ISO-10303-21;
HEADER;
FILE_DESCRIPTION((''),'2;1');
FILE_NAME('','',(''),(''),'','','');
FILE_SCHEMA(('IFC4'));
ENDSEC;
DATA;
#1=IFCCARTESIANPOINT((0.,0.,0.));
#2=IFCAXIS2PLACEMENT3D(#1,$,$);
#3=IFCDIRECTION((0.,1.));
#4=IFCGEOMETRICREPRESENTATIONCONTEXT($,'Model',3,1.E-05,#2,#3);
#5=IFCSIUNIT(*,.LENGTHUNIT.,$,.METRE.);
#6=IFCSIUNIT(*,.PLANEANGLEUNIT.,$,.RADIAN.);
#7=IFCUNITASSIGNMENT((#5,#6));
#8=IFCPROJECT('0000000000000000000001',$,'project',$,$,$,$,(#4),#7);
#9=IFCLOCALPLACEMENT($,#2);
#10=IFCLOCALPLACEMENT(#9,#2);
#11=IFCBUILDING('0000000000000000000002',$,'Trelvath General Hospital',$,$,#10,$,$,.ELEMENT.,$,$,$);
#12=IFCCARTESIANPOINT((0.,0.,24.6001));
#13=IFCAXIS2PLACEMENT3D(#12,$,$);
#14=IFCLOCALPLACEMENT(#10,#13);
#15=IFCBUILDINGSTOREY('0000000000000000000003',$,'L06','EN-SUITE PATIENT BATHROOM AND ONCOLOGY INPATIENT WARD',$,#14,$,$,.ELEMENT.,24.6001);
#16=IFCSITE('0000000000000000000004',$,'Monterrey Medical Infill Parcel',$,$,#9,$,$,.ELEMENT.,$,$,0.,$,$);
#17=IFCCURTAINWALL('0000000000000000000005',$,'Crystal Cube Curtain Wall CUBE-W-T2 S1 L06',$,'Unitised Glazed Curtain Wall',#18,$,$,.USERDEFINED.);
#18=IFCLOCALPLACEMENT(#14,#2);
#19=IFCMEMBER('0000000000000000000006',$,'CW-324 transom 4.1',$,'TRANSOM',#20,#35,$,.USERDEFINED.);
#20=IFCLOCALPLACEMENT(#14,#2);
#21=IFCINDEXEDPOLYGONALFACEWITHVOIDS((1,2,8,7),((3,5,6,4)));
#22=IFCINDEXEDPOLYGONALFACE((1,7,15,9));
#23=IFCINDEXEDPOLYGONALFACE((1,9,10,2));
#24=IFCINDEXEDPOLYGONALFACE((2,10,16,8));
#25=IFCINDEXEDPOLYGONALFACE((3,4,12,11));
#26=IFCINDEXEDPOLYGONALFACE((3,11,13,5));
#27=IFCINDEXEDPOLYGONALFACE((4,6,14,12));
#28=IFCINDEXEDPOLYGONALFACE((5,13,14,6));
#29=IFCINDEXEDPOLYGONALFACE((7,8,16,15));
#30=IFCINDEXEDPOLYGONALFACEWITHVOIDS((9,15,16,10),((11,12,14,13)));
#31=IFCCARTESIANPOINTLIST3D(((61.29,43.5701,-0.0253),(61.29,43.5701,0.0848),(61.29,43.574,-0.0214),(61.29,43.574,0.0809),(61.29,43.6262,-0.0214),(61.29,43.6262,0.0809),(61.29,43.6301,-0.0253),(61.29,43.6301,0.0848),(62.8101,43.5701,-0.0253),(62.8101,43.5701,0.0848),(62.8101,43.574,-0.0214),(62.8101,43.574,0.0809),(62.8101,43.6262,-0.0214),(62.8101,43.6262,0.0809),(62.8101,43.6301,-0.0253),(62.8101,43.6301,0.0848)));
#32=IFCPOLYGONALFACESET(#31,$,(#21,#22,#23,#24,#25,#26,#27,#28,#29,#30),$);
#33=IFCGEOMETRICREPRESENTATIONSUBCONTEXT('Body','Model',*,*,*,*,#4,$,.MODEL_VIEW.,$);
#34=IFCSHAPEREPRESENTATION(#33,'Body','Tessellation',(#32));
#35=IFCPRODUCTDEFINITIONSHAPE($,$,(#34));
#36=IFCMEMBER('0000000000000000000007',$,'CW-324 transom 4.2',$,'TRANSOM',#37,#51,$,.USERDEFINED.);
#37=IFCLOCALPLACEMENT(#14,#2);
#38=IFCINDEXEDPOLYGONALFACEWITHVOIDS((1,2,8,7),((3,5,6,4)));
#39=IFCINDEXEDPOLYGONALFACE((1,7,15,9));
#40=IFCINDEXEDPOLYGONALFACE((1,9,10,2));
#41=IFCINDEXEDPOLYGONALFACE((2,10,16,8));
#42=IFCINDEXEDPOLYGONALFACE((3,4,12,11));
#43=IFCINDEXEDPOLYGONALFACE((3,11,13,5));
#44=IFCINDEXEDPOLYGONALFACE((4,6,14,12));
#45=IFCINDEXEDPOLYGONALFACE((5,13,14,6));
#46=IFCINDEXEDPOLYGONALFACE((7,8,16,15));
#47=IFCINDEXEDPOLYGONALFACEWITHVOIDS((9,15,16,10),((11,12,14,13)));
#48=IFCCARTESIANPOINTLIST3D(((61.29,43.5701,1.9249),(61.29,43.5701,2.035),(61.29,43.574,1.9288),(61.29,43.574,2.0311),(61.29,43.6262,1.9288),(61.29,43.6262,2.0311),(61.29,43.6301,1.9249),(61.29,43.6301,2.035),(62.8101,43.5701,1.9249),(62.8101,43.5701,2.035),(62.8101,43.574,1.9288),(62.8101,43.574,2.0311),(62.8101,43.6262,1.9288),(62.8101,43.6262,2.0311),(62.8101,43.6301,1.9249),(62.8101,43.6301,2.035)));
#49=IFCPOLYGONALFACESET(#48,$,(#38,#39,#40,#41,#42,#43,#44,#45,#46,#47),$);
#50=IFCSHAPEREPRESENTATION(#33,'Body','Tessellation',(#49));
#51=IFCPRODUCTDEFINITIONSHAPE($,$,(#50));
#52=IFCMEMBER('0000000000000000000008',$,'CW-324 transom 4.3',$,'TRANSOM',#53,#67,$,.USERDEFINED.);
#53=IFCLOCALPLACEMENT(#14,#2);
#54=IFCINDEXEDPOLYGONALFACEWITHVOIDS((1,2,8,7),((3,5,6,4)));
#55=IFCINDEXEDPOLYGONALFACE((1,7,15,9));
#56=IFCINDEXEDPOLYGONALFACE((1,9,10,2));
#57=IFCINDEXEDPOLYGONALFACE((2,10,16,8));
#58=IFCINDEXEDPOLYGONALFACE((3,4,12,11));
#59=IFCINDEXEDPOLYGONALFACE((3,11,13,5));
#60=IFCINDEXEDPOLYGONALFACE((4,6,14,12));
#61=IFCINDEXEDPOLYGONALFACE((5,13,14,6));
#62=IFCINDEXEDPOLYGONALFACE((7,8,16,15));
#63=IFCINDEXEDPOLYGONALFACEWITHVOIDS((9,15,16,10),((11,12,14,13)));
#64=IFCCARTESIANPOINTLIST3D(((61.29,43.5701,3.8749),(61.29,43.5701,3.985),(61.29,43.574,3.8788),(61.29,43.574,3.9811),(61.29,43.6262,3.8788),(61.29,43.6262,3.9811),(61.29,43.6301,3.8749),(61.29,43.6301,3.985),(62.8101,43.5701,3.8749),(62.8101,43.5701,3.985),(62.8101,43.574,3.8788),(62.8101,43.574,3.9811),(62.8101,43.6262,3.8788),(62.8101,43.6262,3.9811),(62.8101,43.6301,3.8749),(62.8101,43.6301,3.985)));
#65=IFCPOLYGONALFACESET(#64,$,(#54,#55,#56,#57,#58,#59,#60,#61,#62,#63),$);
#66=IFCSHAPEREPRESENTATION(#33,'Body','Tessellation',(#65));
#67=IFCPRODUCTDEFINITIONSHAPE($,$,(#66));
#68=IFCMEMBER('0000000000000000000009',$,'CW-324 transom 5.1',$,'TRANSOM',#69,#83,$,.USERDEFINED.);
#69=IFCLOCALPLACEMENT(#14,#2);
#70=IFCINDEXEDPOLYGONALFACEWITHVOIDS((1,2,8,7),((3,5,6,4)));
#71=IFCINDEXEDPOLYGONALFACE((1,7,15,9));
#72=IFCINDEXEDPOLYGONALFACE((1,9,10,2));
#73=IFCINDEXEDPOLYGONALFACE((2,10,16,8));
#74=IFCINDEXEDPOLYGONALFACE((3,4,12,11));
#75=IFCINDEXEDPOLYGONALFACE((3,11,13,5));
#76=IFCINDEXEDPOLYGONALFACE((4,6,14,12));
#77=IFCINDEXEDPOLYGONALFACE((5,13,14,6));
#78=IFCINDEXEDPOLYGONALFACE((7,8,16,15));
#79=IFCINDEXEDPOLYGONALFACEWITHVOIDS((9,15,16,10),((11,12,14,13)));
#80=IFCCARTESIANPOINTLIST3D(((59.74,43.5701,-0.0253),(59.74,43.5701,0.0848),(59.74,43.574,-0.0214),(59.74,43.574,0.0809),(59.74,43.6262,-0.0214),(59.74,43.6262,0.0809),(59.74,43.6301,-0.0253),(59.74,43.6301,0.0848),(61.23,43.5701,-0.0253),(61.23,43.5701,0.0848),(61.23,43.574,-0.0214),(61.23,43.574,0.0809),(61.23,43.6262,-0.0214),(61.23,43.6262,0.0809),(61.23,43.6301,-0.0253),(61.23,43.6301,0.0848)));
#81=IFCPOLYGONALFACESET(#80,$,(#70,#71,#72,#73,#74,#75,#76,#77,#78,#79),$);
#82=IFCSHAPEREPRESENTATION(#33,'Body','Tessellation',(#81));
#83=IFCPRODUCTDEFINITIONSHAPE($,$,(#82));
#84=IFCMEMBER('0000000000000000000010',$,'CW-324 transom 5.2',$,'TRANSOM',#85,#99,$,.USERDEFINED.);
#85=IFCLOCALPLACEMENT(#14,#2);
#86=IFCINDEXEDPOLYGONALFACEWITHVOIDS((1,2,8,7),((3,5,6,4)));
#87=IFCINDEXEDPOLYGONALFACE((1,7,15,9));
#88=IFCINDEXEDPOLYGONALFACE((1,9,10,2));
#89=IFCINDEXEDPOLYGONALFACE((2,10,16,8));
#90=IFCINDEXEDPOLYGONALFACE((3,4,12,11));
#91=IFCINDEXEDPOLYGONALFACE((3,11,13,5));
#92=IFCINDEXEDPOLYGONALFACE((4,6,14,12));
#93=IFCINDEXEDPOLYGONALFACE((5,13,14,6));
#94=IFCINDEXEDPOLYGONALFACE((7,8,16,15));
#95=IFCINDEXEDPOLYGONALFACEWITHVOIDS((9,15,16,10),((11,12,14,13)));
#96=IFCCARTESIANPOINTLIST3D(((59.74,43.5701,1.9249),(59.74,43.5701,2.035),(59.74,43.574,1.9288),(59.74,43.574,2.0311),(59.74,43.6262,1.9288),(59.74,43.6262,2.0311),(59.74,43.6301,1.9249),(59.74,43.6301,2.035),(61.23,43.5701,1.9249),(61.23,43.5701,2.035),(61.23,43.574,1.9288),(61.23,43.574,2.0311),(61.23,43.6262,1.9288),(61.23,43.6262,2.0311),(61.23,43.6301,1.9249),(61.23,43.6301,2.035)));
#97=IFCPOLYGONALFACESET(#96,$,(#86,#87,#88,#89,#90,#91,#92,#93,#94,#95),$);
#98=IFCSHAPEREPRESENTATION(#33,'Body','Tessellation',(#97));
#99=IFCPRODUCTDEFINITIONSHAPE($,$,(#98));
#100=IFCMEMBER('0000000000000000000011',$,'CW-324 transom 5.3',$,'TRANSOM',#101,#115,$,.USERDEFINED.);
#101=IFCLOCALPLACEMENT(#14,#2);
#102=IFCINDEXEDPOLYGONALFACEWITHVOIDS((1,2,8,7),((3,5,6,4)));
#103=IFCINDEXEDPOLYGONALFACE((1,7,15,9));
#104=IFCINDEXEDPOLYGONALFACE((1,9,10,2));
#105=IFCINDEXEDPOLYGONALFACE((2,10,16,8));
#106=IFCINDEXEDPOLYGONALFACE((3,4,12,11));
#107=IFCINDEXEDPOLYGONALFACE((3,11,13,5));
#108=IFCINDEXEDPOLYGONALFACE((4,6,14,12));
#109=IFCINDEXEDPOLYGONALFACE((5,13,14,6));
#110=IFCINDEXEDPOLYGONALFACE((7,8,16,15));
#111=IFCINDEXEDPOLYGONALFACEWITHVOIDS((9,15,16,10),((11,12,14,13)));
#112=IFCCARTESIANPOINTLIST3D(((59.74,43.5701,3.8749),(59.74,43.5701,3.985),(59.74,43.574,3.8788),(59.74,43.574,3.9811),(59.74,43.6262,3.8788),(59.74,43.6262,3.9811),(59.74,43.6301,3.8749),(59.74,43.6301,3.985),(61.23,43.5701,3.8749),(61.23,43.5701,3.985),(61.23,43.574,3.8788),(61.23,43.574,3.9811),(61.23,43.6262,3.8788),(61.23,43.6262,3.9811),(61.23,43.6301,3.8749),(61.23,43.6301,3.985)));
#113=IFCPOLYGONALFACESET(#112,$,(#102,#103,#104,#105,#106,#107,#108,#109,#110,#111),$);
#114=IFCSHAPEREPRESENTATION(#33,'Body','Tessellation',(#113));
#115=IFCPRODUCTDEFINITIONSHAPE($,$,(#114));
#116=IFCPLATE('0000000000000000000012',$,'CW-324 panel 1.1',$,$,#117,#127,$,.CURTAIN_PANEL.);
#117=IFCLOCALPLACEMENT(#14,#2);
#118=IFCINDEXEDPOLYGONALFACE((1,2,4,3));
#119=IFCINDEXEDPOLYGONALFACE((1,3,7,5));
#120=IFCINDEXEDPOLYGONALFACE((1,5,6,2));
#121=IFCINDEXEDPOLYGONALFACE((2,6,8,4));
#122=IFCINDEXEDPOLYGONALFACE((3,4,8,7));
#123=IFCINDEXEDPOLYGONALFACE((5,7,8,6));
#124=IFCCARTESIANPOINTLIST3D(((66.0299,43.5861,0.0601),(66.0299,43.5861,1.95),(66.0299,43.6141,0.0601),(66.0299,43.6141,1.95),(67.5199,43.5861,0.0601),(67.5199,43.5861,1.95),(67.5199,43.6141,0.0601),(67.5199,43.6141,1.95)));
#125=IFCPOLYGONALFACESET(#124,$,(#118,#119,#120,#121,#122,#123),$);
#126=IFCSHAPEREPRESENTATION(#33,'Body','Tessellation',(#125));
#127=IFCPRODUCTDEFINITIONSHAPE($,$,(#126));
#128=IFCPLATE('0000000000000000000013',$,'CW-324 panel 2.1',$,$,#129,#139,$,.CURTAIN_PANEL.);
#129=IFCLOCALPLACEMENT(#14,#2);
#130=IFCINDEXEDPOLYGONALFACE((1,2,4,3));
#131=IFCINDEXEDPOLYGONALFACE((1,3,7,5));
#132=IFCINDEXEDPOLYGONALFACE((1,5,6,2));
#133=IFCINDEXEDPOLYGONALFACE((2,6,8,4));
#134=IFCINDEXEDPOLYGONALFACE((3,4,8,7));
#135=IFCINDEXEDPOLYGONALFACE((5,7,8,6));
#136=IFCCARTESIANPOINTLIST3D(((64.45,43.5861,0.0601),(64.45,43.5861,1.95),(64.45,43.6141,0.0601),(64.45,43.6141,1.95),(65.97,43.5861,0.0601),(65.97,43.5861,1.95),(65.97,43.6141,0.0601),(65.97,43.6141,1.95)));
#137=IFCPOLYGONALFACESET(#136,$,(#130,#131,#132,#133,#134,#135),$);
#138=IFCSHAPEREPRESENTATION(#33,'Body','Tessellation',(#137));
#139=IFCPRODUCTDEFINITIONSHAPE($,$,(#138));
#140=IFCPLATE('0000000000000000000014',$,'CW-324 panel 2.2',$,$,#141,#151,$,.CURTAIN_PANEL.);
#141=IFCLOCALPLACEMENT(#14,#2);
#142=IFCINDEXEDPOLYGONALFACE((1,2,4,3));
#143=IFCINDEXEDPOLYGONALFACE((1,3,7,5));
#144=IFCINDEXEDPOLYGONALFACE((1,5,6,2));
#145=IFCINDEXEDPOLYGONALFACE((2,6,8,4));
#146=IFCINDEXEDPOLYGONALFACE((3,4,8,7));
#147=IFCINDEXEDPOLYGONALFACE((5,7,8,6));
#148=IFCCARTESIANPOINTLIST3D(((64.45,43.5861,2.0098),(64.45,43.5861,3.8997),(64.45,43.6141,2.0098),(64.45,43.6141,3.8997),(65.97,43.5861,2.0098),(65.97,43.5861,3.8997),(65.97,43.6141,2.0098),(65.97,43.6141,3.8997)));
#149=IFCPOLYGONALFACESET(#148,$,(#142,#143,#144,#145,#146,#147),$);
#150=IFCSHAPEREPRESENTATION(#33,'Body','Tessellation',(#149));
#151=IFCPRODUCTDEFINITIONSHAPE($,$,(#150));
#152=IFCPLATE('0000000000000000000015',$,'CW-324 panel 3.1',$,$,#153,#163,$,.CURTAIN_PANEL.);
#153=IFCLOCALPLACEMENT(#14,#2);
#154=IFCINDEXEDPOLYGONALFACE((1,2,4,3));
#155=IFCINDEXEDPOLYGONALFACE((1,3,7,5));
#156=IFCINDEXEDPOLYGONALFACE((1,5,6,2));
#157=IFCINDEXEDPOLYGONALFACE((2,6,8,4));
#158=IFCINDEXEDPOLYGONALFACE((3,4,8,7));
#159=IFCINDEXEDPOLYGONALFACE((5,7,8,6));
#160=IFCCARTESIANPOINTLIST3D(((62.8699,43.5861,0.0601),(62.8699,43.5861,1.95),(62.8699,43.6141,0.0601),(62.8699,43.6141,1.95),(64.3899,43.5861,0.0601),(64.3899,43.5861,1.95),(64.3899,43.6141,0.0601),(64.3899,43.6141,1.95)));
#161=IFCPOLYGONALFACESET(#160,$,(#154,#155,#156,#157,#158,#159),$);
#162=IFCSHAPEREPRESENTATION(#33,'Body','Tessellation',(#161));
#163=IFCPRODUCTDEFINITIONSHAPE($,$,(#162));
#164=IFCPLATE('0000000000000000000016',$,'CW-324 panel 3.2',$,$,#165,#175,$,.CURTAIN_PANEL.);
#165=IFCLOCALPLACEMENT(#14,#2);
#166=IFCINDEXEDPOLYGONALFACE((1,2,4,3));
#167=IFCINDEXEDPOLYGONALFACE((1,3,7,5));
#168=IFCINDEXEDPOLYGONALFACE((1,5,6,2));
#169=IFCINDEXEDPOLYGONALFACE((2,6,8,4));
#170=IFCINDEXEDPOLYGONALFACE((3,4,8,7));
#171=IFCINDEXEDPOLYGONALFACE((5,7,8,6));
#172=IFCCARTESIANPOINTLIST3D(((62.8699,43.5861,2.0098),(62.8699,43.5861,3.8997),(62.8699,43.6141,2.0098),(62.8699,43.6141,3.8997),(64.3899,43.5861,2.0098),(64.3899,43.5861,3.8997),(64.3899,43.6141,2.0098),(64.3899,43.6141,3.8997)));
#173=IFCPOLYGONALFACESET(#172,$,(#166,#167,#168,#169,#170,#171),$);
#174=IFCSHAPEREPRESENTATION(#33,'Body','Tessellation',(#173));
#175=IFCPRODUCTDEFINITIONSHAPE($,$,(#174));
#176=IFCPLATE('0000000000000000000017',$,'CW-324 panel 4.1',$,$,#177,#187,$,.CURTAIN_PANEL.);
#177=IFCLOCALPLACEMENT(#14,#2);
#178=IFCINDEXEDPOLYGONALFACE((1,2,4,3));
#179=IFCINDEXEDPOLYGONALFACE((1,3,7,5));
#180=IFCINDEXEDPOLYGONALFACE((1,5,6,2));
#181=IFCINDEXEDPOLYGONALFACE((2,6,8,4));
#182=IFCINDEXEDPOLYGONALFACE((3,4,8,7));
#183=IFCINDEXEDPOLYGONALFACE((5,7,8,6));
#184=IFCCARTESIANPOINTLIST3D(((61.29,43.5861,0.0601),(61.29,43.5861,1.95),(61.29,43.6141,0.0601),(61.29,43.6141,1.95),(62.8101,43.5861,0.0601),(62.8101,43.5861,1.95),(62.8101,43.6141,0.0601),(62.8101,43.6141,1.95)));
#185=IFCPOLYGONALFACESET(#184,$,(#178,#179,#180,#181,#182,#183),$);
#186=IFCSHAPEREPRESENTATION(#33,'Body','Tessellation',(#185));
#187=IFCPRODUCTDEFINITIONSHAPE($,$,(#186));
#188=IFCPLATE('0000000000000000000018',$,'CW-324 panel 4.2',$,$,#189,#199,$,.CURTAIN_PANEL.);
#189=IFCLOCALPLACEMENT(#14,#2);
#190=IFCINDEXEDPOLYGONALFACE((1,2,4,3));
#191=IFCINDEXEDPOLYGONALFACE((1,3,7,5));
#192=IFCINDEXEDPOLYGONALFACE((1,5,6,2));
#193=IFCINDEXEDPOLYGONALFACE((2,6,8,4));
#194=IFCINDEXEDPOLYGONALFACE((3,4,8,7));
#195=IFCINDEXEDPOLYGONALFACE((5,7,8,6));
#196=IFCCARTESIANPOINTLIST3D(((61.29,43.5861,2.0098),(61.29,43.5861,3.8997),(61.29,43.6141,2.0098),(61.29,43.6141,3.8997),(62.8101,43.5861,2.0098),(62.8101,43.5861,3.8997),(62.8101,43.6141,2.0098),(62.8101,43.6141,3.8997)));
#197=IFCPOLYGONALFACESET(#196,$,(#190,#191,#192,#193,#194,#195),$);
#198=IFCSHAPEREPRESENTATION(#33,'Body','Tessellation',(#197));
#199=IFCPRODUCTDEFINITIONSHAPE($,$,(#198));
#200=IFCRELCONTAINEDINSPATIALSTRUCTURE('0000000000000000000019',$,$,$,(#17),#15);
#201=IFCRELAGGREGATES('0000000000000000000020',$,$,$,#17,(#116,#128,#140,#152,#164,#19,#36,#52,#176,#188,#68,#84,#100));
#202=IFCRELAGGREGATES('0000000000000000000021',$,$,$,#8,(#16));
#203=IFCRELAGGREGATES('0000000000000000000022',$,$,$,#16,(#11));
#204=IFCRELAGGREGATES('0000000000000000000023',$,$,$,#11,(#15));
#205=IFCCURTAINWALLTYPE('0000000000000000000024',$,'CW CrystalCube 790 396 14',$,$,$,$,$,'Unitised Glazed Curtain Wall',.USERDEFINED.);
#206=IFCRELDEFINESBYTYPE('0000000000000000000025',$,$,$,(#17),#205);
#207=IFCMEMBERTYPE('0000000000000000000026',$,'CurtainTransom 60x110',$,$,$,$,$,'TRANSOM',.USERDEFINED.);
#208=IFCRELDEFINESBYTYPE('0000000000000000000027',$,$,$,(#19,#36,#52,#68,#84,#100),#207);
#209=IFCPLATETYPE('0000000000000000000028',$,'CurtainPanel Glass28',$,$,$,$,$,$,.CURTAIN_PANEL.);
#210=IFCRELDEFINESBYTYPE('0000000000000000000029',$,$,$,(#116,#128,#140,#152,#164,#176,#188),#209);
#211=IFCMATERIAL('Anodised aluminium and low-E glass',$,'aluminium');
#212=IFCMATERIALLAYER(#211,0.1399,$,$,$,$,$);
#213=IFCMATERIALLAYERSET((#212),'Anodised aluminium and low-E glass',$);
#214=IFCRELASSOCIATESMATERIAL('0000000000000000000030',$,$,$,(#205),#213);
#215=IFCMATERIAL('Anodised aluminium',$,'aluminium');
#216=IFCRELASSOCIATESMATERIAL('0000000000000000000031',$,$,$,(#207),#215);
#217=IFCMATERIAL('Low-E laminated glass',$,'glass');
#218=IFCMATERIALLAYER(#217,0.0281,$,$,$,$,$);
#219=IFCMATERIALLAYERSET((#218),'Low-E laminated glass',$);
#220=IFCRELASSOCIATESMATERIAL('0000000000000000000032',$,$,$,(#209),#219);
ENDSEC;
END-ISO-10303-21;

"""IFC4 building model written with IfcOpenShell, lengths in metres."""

from ifc_helpers import new_model, si_unit, direction, frame, origin, origin_2d, place, context, subcontext, project, spatial, rectangle, hollow_rectangle, extrude, material, layer, layer_set, material_profile, profile_set, type_object, element, aggregate, save


model = new_model("IFC4")

# Units and contexts
model_context = context("Model", 3, precision=1e-05, world=origin(), true_north=direction((0.0, 1.0)))
body_context = subcontext(model_context, "Body", "Model", "MODEL_VIEW")
ifc_project = project(units=[si_unit("LENGTHUNIT", "METRE"), si_unit("PLANEANGLEUNIT", "RADIAN")], contexts=[model_context])

# Site, building, storey
site_placement = place(None, origin())
site = spatial("IfcSite", under=ifc_project, at=site_placement, Name="Monterrey Medical Infill Parcel", CompositionType="ELEMENT", RefElevation=0.0)
building_placement = place(site_placement, origin())
building = spatial("IfcBuilding", under=site, at=building_placement, Name="Trelvath General Hospital", CompositionType="ELEMENT")
storey_placement = place(building_placement, frame((0.0, 0.0, 24.6001)))
storey = spatial("IfcBuildingStorey", under=building, at=storey_placement, Name="L06", Description="EN-SUITE PATIENT BATHROOM AND ONCOLOGY INPATIENT WARD", CompositionType="ELEMENT", Elevation=24.6001)

# Curtain wall, members, plates
ifc_material_1 = material(Name="Anodised aluminium and low-E glass", Category="aluminium")
ifc_layer_1 = layer(ifc_material_1, 0.1399)
ifc_layer_set_1 = layer_set([ifc_layer_1], Name="Anodised aluminium and low-E glass")
curtain_wall_type = type_object("IfcCurtainWallType", Name="CW CrystalCube 790 396 14", ElementType="Unitised Glazed Curtain Wall", PredefinedType="USERDEFINED", material=ifc_layer_set_1)
curtain_wall_placement = place(storey_placement, origin())
curtain_wall = element("IfcCurtainWall", 1, at=curtain_wall_placement, inside=storey, type_object=curtain_wall_type, Name="Crystal Cube Curtain Wall CUBE-W-T2 S1 L06", ObjectType="Unitised Glazed Curtain Wall", PredefinedType="USERDEFINED")
ifc_material_2 = material(Name="Anodised aluminium", Category="aluminium")
ifc_material_profile_1 = material_profile(ifc_material_2, hollow_rectangle(XDim=0.0601, YDim=0.1101, WallThickness=0.0039, at=origin_2d()), Name="RHS60x110x4")
ifc_profile_set_1 = profile_set([ifc_material_profile_1], Name="Anodised aluminium")
member_type_1 = type_object("IfcMemberType", Name="CurtainTransom 60x110", ElementType="TRANSOM", PredefinedType="USERDEFINED", material=ifc_profile_set_1)
member_1_placement = place(storey_placement, frame((62.8101, 43.6001, 0.0298), z_axis=(-1.0, 0.0, 0.0), x_axis=(0.0, -1.0, 0.0)))
member_1 = element("IfcMember", 2, at=member_1_placement, type_object=member_type_1, Name="CW-324 transom 4.1", ObjectType="TRANSOM", PredefinedType="USERDEFINED", context=body_context, shape_type="SweptSolid", body=[
    extrude(hollow_rectangle(XDim=0.0601, YDim=0.1101, WallThickness=0.0039, at=origin_2d()), origin(), (0.0, 0.0, 1.0), 1.52),
])
member_2_placement = place(storey_placement, frame((62.8101, 43.6001, 1.98), z_axis=(-1.0, 0.0, 0.0), x_axis=(0.0, -1.0, 0.0)))
member_2 = element("IfcMember", 3, at=member_2_placement, type_object=member_type_1, Name="CW-324 transom 4.2", ObjectType="TRANSOM", PredefinedType="USERDEFINED", context=body_context, shape_type="SweptSolid", body=[
    extrude(hollow_rectangle(XDim=0.0601, YDim=0.1101, WallThickness=0.0039, at=origin_2d()), origin(), (0.0, 0.0, 1.0), 1.52),
])
member_3_placement = place(storey_placement, frame((62.8101, 43.6001, 3.9299), z_axis=(-1.0, 0.0, 0.0), x_axis=(0.0, -1.0, 0.0)))
member_3 = element("IfcMember", 4, at=member_3_placement, type_object=member_type_1, Name="CW-324 transom 4.3", ObjectType="TRANSOM", PredefinedType="USERDEFINED", context=body_context, shape_type="SweptSolid", body=[
    extrude(hollow_rectangle(XDim=0.0601, YDim=0.1101, WallThickness=0.0039, at=origin_2d()), origin(), (0.0, 0.0, 1.0), 1.52),
])
member_4_placement = place(storey_placement, frame((61.23, 43.6001, 0.0298), z_axis=(-1.0, 0.0, 0.0), x_axis=(0.0, -1.0, 0.0)))
member_4 = element("IfcMember", 5, at=member_4_placement, type_object=member_type_1, Name="CW-324 transom 5.1", ObjectType="TRANSOM", PredefinedType="USERDEFINED", context=body_context, shape_type="SweptSolid", body=[
    extrude(hollow_rectangle(XDim=0.0601, YDim=0.1101, WallThickness=0.0039, at=origin_2d()), origin(), (0.0, 0.0, 1.0), 1.49),
])
member_5_placement = place(storey_placement, frame((61.23, 43.6001, 1.98), z_axis=(-1.0, 0.0, 0.0), x_axis=(0.0, -1.0, 0.0)))
member_5 = element("IfcMember", 6, at=member_5_placement, type_object=member_type_1, Name="CW-324 transom 5.2", ObjectType="TRANSOM", PredefinedType="USERDEFINED", context=body_context, shape_type="SweptSolid", body=[
    extrude(hollow_rectangle(XDim=0.0601, YDim=0.1101, WallThickness=0.0039, at=origin_2d()), origin(), (0.0, 0.0, 1.0), 1.49),
])
member_6_placement = place(storey_placement, frame((61.23, 43.6001, 3.9299), z_axis=(-1.0, 0.0, 0.0), x_axis=(0.0, -1.0, 0.0)))
member_6 = element("IfcMember", 7, at=member_6_placement, type_object=member_type_1, Name="CW-324 transom 5.3", ObjectType="TRANSOM", PredefinedType="USERDEFINED", context=body_context, shape_type="SweptSolid", body=[
    extrude(hollow_rectangle(XDim=0.0601, YDim=0.1101, WallThickness=0.0039, at=origin_2d()), origin(), (0.0, 0.0, 1.0), 1.49),
])
ifc_material_3 = material(Name="Low-E laminated glass", Category="glass")
ifc_layer_2 = layer(ifc_material_3, 0.0281)
ifc_layer_set_2 = layer_set([ifc_layer_2], Name="Low-E laminated glass")
plate_type = type_object("IfcPlateType", Name="CurtainPanel Glass28", PredefinedType="CURTAIN_PANEL", material=ifc_layer_set_2)
plate_1_placement = place(storey_placement, frame((66.7749, 43.6001, 0.0601), z_axis=(0.0, 0.0, 1.0), x_axis=(-1.0, 0.0, 0.0)))
plate_1 = element("IfcPlate", 8, at=plate_1_placement, type_object=plate_type, Name="CW-324 panel 1.1", PredefinedType="CURTAIN_PANEL", context=body_context, shape_type="SweptSolid", body=[
    extrude(rectangle(XDim=1.49, YDim=0.0281, at=origin_2d()), origin(), (0.0, 0.0, 1.0), 1.8899),
])
plate_2_placement = place(storey_placement, frame((65.21, 43.6001, 0.0601), z_axis=(0.0, 0.0, 1.0), x_axis=(-1.0, 0.0, 0.0)))
plate_2 = element("IfcPlate", 9, at=plate_2_placement, type_object=plate_type, Name="CW-324 panel 2.1", PredefinedType="CURTAIN_PANEL", context=body_context, shape_type="SweptSolid", body=[
    extrude(rectangle(XDim=1.52, YDim=0.0281, at=origin_2d()), origin(), (0.0, 0.0, 1.0), 1.8899),
])
plate_3_placement = place(storey_placement, frame((65.21, 43.6001, 2.0098), z_axis=(0.0, 0.0, 1.0), x_axis=(-1.0, 0.0, 0.0)))
plate_3 = element("IfcPlate", 10, at=plate_3_placement, type_object=plate_type, Name="CW-324 panel 2.2", PredefinedType="CURTAIN_PANEL", context=body_context, shape_type="SweptSolid", body=[
    extrude(rectangle(XDim=1.52, YDim=0.0281, at=origin_2d()), origin(), (0.0, 0.0, 1.0), 1.8899),
])
plate_4_placement = place(storey_placement, frame((63.6299, 43.6001, 0.0601), z_axis=(0.0, 0.0, 1.0), x_axis=(-1.0, 0.0, 0.0)))
plate_4 = element("IfcPlate", 11, at=plate_4_placement, type_object=plate_type, Name="CW-324 panel 3.1", PredefinedType="CURTAIN_PANEL", context=body_context, shape_type="SweptSolid", body=[
    extrude(rectangle(XDim=1.52, YDim=0.0281, at=origin_2d()), origin(), (0.0, 0.0, 1.0), 1.8899),
])
plate_5_placement = place(storey_placement, frame((63.6299, 43.6001, 2.0098), z_axis=(0.0, 0.0, 1.0), x_axis=(-1.0, 0.0, 0.0)))
plate_5 = element("IfcPlate", 12, at=plate_5_placement, type_object=plate_type, Name="CW-324 panel 3.2", PredefinedType="CURTAIN_PANEL", context=body_context, shape_type="SweptSolid", body=[
    extrude(rectangle(XDim=1.52, YDim=0.0281, at=origin_2d()), origin(), (0.0, 0.0, 1.0), 1.8899),
])
plate_6_placement = place(storey_placement, frame((62.05, 43.6001, 0.0601), z_axis=(0.0, 0.0, 1.0), x_axis=(-1.0, 0.0, 0.0)))
plate_6 = element("IfcPlate", 13, at=plate_6_placement, type_object=plate_type, Name="CW-324 panel 4.1", PredefinedType="CURTAIN_PANEL", context=body_context, shape_type="SweptSolid", body=[
    extrude(rectangle(XDim=1.52, YDim=0.0281, at=origin_2d()), origin(), (0.0, 0.0, 1.0), 1.8899),
])
plate_7_placement = place(storey_placement, frame((62.05, 43.6001, 2.0098), z_axis=(0.0, 0.0, 1.0), x_axis=(-1.0, 0.0, 0.0)))
plate_7 = element("IfcPlate", 14, at=plate_7_placement, type_object=plate_type, Name="CW-324 panel 4.2", PredefinedType="CURTAIN_PANEL", context=body_context, shape_type="SweptSolid", body=[
    extrude(rectangle(XDim=1.52, YDim=0.0281, at=origin_2d()), origin(), (0.0, 0.0, 1.0), 1.8899),
])
aggregate(curtain_wall, [plate_1, plate_2, plate_3, plate_4, plate_5, member_1, member_2, member_3, plate_6, plate_7, member_4, member_5, member_6])

save(model, "model.ifc")
